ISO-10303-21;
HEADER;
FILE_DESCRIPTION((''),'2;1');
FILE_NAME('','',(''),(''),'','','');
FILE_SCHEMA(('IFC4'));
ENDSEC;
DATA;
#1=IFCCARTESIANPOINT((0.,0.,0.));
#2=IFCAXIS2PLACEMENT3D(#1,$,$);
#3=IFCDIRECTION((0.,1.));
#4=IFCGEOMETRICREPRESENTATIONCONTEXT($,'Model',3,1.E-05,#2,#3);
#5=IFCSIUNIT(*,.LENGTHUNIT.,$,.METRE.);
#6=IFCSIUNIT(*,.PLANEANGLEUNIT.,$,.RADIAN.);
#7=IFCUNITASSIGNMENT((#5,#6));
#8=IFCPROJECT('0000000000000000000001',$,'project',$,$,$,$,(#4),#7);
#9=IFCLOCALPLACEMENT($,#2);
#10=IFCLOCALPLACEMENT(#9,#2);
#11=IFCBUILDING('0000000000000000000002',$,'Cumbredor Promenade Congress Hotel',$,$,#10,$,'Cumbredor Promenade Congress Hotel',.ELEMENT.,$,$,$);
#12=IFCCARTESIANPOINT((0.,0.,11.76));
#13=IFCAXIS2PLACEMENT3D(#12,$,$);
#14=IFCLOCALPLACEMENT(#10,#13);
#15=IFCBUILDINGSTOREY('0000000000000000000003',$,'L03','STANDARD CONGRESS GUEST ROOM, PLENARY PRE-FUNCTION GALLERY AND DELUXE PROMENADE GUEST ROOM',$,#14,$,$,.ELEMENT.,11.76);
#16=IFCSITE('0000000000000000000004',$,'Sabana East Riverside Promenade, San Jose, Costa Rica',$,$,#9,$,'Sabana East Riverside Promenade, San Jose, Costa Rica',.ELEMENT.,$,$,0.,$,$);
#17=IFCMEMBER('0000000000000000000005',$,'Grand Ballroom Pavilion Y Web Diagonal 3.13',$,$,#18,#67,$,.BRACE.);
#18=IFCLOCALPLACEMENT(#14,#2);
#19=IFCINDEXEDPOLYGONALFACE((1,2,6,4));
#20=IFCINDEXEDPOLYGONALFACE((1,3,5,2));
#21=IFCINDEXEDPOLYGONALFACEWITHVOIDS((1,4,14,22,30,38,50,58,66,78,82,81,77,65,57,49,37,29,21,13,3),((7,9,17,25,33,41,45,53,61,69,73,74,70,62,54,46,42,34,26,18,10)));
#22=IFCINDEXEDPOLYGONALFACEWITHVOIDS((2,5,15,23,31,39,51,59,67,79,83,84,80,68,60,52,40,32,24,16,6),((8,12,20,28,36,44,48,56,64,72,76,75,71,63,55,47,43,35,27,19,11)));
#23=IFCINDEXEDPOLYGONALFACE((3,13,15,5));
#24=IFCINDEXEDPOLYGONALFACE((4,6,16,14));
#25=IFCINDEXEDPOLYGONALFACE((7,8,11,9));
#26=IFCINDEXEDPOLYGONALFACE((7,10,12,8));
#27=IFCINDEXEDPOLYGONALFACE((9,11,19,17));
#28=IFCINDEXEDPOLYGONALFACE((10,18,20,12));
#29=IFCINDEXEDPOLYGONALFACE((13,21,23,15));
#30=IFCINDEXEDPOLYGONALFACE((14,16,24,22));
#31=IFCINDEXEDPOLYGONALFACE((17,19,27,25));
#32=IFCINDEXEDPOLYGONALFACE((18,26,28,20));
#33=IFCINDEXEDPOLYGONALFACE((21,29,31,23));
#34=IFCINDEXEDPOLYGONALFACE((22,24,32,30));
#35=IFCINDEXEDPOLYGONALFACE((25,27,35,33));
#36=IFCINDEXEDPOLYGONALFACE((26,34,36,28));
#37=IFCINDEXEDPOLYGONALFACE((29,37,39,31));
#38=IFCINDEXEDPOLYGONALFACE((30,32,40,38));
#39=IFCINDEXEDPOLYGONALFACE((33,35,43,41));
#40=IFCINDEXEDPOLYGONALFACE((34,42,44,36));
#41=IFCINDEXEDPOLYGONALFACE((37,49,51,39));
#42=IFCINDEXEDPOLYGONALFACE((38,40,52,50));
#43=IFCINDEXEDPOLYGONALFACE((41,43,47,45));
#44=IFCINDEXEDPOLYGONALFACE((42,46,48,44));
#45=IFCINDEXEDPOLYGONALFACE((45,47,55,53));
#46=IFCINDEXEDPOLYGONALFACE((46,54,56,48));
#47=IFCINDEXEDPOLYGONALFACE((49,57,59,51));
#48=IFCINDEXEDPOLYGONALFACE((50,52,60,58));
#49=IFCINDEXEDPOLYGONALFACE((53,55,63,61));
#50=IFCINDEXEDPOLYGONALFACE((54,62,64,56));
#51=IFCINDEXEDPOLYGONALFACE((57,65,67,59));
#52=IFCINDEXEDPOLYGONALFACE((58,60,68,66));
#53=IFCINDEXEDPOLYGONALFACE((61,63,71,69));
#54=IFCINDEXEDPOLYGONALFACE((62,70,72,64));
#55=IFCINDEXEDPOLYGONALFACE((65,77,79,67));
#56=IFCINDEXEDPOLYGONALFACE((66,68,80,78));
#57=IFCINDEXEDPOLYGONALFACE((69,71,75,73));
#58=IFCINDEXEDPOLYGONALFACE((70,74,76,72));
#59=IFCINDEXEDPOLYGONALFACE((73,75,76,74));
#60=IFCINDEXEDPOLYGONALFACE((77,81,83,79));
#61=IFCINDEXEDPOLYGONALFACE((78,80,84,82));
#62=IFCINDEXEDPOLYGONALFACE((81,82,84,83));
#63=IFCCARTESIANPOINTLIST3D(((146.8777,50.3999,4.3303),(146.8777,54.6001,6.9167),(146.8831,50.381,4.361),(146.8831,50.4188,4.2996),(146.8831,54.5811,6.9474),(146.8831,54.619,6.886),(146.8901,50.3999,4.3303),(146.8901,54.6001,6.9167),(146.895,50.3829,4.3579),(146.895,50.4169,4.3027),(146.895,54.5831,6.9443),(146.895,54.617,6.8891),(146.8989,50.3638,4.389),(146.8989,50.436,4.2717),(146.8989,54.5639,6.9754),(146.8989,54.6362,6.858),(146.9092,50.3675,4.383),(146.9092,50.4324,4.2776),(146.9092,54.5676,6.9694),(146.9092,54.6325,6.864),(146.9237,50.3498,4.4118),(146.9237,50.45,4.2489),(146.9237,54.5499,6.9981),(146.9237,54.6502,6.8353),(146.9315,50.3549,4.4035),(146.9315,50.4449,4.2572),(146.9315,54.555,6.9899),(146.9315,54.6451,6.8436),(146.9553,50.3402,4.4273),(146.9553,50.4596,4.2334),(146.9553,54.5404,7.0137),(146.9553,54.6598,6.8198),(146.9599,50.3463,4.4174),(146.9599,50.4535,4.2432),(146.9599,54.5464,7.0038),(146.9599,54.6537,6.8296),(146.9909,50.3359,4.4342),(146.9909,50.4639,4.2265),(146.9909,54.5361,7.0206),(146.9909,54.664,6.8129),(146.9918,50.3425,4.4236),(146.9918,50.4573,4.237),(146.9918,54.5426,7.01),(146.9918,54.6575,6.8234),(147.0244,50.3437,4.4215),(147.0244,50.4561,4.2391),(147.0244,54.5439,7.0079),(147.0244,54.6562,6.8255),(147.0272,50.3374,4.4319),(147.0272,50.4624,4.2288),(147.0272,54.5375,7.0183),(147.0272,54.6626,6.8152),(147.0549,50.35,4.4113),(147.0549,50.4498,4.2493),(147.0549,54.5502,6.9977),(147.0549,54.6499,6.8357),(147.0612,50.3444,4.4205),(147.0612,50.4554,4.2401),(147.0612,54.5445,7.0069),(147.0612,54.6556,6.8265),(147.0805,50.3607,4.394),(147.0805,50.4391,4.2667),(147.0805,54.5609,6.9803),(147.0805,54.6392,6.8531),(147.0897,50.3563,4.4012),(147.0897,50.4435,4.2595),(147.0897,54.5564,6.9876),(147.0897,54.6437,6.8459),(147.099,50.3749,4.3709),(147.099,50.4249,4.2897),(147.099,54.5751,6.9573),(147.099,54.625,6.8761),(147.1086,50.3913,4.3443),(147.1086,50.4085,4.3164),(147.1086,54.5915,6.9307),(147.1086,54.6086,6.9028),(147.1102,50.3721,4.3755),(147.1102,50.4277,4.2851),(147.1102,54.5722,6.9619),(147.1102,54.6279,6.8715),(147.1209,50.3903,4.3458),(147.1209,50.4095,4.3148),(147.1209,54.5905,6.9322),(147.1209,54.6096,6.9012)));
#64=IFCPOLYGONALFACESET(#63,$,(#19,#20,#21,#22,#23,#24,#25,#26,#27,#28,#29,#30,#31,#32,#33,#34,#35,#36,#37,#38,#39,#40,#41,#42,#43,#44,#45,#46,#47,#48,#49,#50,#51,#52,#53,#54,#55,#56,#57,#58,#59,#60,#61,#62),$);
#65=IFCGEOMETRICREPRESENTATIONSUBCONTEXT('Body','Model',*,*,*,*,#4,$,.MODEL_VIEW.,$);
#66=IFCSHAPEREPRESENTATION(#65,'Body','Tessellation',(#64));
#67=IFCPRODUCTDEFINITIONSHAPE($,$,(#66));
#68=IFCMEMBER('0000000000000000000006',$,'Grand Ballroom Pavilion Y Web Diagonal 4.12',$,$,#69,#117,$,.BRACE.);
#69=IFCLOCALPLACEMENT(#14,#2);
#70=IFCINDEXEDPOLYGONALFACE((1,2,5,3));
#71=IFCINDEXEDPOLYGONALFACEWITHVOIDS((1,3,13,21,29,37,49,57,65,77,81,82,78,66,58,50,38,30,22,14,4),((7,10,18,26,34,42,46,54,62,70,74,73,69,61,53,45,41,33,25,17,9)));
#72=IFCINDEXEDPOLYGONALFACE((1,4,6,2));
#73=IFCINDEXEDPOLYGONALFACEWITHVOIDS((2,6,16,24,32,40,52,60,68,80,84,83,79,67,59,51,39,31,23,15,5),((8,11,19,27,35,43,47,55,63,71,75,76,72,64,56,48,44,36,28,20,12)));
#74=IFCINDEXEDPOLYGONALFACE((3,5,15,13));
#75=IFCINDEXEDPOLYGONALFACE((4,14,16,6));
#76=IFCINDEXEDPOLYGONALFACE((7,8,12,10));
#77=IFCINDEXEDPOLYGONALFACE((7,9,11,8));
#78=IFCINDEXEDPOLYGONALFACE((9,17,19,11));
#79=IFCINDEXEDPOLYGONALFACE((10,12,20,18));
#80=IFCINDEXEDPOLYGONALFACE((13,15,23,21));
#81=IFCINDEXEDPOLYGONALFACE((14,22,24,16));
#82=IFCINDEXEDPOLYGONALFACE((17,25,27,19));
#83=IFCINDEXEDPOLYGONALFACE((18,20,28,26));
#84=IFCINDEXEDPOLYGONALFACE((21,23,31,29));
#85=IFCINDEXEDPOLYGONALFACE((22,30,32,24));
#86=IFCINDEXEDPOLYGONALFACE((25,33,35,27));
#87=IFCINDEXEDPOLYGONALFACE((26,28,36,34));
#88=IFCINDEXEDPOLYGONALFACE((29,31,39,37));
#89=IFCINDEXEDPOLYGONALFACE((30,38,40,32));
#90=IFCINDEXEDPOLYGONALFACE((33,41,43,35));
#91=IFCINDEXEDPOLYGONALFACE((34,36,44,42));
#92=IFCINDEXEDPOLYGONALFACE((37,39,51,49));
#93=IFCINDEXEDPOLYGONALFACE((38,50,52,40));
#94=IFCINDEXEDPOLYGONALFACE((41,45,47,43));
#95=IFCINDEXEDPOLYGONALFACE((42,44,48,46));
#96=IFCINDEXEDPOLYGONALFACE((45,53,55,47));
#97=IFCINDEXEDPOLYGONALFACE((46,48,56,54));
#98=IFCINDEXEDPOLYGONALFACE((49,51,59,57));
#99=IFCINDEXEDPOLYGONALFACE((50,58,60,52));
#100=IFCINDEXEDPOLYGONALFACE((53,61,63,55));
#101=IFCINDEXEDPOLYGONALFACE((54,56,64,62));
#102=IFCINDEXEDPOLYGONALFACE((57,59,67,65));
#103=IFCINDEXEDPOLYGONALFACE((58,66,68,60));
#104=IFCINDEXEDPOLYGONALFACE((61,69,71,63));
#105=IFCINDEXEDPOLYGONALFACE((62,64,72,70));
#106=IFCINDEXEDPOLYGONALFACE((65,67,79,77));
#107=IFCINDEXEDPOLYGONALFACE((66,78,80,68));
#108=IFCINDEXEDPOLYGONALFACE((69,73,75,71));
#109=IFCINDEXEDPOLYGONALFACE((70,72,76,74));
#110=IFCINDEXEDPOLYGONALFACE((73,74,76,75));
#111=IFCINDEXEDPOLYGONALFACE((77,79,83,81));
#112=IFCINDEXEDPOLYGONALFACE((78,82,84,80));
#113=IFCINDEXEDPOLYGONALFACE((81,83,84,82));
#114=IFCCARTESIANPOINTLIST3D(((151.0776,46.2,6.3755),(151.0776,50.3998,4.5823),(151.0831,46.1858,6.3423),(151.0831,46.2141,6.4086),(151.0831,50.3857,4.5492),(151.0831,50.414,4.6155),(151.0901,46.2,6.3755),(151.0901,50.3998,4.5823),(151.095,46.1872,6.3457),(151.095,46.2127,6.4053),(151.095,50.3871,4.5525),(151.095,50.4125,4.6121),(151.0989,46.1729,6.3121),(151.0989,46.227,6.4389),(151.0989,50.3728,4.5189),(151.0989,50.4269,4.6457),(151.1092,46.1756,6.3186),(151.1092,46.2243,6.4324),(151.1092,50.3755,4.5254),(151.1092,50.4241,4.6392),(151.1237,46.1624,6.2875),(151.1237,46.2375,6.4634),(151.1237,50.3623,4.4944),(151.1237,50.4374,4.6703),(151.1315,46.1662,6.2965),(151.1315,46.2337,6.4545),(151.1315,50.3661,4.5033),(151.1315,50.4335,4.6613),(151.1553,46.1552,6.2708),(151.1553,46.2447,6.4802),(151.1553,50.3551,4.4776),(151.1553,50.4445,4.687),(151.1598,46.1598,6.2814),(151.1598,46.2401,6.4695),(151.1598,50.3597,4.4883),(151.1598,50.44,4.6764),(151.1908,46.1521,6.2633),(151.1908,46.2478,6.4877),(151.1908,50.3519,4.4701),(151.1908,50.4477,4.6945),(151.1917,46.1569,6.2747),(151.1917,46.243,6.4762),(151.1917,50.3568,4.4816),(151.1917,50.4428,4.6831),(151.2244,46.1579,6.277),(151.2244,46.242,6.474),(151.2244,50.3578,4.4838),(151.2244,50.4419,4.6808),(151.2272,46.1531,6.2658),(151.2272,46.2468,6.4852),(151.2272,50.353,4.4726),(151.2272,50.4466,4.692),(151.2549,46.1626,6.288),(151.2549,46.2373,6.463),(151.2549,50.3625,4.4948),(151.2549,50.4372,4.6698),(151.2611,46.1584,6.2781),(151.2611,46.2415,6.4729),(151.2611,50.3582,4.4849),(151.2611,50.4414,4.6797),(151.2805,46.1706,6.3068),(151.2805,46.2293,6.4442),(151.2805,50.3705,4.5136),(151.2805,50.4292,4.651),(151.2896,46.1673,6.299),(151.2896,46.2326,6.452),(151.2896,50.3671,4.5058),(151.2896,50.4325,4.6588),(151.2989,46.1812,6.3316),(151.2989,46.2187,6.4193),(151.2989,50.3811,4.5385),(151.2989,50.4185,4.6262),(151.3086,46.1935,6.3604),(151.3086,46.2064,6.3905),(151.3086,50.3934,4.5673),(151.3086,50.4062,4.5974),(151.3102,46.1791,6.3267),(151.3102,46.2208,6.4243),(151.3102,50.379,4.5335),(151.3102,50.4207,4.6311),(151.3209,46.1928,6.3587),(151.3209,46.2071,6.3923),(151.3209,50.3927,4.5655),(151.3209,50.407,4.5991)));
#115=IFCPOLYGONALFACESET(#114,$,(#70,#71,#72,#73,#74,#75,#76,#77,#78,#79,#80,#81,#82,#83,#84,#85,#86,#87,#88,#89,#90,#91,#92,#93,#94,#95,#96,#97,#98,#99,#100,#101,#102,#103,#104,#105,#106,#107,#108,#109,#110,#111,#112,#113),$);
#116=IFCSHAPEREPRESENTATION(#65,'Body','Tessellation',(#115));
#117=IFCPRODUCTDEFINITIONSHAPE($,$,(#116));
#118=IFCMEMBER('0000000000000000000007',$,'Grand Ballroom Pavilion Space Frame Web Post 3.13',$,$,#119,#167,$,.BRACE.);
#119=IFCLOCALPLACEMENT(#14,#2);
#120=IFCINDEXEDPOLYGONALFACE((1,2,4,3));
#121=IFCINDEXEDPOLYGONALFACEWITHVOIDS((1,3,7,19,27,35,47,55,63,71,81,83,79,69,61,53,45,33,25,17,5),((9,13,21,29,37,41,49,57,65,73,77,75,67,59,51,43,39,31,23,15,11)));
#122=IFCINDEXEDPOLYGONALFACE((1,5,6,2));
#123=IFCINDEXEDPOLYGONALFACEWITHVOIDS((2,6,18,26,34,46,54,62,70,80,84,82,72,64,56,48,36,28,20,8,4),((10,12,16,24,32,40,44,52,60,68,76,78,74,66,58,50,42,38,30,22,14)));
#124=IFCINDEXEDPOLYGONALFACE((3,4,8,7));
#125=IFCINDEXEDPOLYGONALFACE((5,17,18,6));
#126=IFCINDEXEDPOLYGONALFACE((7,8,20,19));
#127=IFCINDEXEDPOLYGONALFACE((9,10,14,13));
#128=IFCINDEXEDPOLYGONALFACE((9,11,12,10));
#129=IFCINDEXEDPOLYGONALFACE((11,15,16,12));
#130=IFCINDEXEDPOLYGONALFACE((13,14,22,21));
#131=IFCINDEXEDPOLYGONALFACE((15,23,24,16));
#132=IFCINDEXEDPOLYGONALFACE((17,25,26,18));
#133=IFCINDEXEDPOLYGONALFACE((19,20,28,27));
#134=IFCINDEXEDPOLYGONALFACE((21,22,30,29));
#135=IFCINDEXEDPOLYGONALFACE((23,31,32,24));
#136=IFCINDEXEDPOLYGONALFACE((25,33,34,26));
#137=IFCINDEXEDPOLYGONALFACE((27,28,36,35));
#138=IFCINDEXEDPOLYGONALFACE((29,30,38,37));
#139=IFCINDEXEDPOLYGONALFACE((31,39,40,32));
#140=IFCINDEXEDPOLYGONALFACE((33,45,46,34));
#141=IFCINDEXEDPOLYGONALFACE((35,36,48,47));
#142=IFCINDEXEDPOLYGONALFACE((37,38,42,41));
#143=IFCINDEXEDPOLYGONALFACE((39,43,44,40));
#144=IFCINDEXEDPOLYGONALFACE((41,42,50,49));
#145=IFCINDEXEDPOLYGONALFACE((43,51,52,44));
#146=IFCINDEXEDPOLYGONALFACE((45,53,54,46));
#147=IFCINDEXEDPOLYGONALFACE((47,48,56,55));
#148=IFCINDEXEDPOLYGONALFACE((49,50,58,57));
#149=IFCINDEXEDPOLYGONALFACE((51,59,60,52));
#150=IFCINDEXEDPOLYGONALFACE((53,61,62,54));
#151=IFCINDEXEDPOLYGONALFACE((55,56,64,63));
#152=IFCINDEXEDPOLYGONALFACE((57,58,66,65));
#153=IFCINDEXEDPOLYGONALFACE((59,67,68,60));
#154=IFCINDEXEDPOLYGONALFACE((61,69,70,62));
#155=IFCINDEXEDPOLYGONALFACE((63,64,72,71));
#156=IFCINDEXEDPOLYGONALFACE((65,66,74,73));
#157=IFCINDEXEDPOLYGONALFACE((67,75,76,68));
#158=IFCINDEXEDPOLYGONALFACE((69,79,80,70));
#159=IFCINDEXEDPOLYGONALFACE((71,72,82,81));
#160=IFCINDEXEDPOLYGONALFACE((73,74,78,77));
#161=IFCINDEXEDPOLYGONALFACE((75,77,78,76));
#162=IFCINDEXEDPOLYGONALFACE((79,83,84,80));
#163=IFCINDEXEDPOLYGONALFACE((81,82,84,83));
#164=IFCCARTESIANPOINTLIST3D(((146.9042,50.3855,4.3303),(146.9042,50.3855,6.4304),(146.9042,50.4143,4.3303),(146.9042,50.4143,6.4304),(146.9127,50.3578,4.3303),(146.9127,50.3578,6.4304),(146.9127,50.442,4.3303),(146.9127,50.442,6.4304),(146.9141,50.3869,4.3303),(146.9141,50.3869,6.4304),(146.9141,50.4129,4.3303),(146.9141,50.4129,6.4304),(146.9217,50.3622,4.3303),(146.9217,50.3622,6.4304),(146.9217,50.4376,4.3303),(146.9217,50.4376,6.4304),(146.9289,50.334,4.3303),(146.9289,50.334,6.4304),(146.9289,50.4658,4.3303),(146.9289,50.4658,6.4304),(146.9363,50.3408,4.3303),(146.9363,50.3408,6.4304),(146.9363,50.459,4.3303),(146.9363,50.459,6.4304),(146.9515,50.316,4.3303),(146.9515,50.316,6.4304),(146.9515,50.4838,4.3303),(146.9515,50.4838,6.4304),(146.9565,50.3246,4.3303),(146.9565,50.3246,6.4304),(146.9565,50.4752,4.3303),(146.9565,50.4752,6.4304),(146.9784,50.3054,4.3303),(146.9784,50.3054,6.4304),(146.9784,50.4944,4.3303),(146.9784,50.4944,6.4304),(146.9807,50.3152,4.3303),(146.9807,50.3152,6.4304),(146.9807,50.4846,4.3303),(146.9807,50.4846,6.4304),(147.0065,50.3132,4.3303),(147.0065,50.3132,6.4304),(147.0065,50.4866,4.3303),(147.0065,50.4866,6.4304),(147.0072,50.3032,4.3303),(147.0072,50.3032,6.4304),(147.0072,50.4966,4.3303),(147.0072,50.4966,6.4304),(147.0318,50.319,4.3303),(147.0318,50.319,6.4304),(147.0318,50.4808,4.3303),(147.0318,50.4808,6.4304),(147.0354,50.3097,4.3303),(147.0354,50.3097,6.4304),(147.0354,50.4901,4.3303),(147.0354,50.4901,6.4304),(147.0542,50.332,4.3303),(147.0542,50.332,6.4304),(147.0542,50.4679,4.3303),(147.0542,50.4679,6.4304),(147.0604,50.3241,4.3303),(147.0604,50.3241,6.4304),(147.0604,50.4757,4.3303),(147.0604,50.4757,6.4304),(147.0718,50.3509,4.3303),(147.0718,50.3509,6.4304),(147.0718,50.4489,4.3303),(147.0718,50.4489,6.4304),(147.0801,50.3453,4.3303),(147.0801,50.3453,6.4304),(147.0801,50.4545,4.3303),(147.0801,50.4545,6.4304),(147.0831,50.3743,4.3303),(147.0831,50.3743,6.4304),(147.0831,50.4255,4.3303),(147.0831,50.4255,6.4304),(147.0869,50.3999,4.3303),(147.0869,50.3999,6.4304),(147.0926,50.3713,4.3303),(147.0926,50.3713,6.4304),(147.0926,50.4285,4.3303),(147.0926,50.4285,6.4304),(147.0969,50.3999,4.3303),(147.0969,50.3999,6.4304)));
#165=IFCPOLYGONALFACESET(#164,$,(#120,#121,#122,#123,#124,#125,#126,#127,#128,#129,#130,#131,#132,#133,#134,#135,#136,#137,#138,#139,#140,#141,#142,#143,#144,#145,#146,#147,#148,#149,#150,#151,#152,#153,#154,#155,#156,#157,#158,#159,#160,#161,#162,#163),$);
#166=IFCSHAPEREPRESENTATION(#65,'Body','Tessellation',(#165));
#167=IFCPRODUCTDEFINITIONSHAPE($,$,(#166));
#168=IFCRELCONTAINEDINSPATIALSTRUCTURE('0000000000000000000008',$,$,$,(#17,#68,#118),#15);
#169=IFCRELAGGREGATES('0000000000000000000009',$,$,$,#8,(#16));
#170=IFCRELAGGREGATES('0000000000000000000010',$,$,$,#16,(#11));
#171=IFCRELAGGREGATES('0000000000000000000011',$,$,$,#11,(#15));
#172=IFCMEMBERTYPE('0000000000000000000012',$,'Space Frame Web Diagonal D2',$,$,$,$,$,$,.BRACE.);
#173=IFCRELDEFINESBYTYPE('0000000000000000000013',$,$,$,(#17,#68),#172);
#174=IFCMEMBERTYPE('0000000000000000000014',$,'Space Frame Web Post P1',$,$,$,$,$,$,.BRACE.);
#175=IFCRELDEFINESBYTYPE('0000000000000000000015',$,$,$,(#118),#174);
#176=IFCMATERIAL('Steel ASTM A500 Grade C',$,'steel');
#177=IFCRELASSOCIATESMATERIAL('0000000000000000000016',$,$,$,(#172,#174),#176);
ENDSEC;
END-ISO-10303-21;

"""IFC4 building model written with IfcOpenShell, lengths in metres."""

from ifc_helpers import new_model, si_unit, direction, frame, origin, origin_2d, place, context, subcontext, project, spatial, hollow_circle, extrude, material, material_profile, profile_set, type_object, element, save


model = new_model("IFC4")

# Units and contexts
model_context = context("Model", 3, precision=1e-05, world=origin(), true_north=direction((0.0, 1.0)))
body_context = subcontext(model_context, "Body", "Model", "MODEL_VIEW")
ifc_project = project(units=[si_unit("LENGTHUNIT", "METRE"), si_unit("PLANEANGLEUNIT", "RADIAN")], contexts=[model_context])

# Site, building, storey
site_placement = place(None, origin())
site = spatial("IfcSite", under=ifc_project, at=site_placement, Name="Sabana East Riverside Promenade, San Jose, Costa Rica", LongName="Sabana East Riverside Promenade, San Jose, Costa Rica", CompositionType="ELEMENT", RefElevation=0.0)
building_placement = place(site_placement, origin())
building = spatial("IfcBuilding", under=site, at=building_placement, Name="Cumbredor Promenade Congress Hotel", LongName="Cumbredor Promenade Congress Hotel", CompositionType="ELEMENT")
storey_placement = place(building_placement, frame((0.0, 0.0, 11.76)))
storey = spatial("IfcBuildingStorey", under=building, at=storey_placement, Name="L03", Description="STANDARD CONGRESS GUEST ROOM, PLENARY PRE-FUNCTION GALLERY AND DELUXE PROMENADE GUEST ROOM", CompositionType="ELEMENT", Elevation=11.76)

# Shared definitions
ifc_material_1 = material(Name="Steel ASTM A500 Grade C", Category="steel")

# Members
ifc_material_profile_1 = material_profile(ifc_material_1, hollow_circle(Radius=0.1223, WallThickness=0.0125, at=origin_2d()), Name="CHS 244.5x12.5")
ifc_profile_set_1 = profile_set([ifc_material_profile_1], Name="Steel ASTM A500 Grade C")
member_type_1 = type_object("IfcMemberType", Name="Space Frame Web Diagonal D2", PredefinedType="BRACE", material=ifc_profile_set_1)
member_1_placement = place(storey_placement, frame((147.0, 50.3999, 4.3303), z_axis=(0.0, 0.851505, 0.524346), x_axis=(-1.0, 0.0, 0.0)))
element("IfcMember", 1, at=member_1_placement, inside=storey, type_object=member_type_1, Name="Grand Ballroom Pavilion Y Web Diagonal 3.13", PredefinedType="BRACE", context=body_context, shape_type="SweptSolid", body=[
    extrude(hollow_circle(Radius=0.1223, WallThickness=0.0125, at=origin_2d()), origin(), (0.0, 0.0, 1.0), 4.9326),
])
member_2_placement = place(storey_placement, frame((151.2, 46.2, 6.3755), z_axis=(0.0, 0.919681, -0.392667), x_axis=(-1.0, 0.0, 0.0)))
element("IfcMember", 2, at=member_2_placement, inside=storey, type_object=member_type_1, Name="Grand Ballroom Pavilion Y Web Diagonal 4.12", PredefinedType="BRACE", context=body_context, shape_type="SweptSolid", body=[
    extrude(hollow_circle(Radius=0.1223, WallThickness=0.0125, at=origin_2d()), origin(), (0.0, 0.0, 1.0), 4.5667),
])
ifc_material_profile_2 = material_profile(ifc_material_1, hollow_circle(Radius=0.0969, WallThickness=0.01, at=origin_2d()), Name="CHS 193.7x10")
ifc_profile_set_2 = profile_set([ifc_material_profile_2], Name="Steel ASTM A500 Grade C")
member_type_2 = type_object("IfcMemberType", Name="Space Frame Web Post P1", PredefinedType="BRACE", material=ifc_profile_set_2)
for number, where, z_axis, x_axis, name in (
    (3, (147.0, 50.3999, 4.3303), (0.0, 0.0, 1.0), (1.0, 0.0, 0.0), "Grand Ballroom Pavilion Space Frame Web Post 3.13"),
):
    element("IfcMember", number, at=place(storey_placement, frame(where, z_axis=z_axis, x_axis=x_axis)), inside=storey, type_object=member_type_2, Name=name, PredefinedType="BRACE", context=body_context, shape_type="SweptSolid", body=[
        extrude(hollow_circle(Radius=0.0969, WallThickness=0.01, at=origin_2d()), origin(), (0.0, 0.0, 1.0), 2.1001),
    ])

save(model, "model.ifc")
